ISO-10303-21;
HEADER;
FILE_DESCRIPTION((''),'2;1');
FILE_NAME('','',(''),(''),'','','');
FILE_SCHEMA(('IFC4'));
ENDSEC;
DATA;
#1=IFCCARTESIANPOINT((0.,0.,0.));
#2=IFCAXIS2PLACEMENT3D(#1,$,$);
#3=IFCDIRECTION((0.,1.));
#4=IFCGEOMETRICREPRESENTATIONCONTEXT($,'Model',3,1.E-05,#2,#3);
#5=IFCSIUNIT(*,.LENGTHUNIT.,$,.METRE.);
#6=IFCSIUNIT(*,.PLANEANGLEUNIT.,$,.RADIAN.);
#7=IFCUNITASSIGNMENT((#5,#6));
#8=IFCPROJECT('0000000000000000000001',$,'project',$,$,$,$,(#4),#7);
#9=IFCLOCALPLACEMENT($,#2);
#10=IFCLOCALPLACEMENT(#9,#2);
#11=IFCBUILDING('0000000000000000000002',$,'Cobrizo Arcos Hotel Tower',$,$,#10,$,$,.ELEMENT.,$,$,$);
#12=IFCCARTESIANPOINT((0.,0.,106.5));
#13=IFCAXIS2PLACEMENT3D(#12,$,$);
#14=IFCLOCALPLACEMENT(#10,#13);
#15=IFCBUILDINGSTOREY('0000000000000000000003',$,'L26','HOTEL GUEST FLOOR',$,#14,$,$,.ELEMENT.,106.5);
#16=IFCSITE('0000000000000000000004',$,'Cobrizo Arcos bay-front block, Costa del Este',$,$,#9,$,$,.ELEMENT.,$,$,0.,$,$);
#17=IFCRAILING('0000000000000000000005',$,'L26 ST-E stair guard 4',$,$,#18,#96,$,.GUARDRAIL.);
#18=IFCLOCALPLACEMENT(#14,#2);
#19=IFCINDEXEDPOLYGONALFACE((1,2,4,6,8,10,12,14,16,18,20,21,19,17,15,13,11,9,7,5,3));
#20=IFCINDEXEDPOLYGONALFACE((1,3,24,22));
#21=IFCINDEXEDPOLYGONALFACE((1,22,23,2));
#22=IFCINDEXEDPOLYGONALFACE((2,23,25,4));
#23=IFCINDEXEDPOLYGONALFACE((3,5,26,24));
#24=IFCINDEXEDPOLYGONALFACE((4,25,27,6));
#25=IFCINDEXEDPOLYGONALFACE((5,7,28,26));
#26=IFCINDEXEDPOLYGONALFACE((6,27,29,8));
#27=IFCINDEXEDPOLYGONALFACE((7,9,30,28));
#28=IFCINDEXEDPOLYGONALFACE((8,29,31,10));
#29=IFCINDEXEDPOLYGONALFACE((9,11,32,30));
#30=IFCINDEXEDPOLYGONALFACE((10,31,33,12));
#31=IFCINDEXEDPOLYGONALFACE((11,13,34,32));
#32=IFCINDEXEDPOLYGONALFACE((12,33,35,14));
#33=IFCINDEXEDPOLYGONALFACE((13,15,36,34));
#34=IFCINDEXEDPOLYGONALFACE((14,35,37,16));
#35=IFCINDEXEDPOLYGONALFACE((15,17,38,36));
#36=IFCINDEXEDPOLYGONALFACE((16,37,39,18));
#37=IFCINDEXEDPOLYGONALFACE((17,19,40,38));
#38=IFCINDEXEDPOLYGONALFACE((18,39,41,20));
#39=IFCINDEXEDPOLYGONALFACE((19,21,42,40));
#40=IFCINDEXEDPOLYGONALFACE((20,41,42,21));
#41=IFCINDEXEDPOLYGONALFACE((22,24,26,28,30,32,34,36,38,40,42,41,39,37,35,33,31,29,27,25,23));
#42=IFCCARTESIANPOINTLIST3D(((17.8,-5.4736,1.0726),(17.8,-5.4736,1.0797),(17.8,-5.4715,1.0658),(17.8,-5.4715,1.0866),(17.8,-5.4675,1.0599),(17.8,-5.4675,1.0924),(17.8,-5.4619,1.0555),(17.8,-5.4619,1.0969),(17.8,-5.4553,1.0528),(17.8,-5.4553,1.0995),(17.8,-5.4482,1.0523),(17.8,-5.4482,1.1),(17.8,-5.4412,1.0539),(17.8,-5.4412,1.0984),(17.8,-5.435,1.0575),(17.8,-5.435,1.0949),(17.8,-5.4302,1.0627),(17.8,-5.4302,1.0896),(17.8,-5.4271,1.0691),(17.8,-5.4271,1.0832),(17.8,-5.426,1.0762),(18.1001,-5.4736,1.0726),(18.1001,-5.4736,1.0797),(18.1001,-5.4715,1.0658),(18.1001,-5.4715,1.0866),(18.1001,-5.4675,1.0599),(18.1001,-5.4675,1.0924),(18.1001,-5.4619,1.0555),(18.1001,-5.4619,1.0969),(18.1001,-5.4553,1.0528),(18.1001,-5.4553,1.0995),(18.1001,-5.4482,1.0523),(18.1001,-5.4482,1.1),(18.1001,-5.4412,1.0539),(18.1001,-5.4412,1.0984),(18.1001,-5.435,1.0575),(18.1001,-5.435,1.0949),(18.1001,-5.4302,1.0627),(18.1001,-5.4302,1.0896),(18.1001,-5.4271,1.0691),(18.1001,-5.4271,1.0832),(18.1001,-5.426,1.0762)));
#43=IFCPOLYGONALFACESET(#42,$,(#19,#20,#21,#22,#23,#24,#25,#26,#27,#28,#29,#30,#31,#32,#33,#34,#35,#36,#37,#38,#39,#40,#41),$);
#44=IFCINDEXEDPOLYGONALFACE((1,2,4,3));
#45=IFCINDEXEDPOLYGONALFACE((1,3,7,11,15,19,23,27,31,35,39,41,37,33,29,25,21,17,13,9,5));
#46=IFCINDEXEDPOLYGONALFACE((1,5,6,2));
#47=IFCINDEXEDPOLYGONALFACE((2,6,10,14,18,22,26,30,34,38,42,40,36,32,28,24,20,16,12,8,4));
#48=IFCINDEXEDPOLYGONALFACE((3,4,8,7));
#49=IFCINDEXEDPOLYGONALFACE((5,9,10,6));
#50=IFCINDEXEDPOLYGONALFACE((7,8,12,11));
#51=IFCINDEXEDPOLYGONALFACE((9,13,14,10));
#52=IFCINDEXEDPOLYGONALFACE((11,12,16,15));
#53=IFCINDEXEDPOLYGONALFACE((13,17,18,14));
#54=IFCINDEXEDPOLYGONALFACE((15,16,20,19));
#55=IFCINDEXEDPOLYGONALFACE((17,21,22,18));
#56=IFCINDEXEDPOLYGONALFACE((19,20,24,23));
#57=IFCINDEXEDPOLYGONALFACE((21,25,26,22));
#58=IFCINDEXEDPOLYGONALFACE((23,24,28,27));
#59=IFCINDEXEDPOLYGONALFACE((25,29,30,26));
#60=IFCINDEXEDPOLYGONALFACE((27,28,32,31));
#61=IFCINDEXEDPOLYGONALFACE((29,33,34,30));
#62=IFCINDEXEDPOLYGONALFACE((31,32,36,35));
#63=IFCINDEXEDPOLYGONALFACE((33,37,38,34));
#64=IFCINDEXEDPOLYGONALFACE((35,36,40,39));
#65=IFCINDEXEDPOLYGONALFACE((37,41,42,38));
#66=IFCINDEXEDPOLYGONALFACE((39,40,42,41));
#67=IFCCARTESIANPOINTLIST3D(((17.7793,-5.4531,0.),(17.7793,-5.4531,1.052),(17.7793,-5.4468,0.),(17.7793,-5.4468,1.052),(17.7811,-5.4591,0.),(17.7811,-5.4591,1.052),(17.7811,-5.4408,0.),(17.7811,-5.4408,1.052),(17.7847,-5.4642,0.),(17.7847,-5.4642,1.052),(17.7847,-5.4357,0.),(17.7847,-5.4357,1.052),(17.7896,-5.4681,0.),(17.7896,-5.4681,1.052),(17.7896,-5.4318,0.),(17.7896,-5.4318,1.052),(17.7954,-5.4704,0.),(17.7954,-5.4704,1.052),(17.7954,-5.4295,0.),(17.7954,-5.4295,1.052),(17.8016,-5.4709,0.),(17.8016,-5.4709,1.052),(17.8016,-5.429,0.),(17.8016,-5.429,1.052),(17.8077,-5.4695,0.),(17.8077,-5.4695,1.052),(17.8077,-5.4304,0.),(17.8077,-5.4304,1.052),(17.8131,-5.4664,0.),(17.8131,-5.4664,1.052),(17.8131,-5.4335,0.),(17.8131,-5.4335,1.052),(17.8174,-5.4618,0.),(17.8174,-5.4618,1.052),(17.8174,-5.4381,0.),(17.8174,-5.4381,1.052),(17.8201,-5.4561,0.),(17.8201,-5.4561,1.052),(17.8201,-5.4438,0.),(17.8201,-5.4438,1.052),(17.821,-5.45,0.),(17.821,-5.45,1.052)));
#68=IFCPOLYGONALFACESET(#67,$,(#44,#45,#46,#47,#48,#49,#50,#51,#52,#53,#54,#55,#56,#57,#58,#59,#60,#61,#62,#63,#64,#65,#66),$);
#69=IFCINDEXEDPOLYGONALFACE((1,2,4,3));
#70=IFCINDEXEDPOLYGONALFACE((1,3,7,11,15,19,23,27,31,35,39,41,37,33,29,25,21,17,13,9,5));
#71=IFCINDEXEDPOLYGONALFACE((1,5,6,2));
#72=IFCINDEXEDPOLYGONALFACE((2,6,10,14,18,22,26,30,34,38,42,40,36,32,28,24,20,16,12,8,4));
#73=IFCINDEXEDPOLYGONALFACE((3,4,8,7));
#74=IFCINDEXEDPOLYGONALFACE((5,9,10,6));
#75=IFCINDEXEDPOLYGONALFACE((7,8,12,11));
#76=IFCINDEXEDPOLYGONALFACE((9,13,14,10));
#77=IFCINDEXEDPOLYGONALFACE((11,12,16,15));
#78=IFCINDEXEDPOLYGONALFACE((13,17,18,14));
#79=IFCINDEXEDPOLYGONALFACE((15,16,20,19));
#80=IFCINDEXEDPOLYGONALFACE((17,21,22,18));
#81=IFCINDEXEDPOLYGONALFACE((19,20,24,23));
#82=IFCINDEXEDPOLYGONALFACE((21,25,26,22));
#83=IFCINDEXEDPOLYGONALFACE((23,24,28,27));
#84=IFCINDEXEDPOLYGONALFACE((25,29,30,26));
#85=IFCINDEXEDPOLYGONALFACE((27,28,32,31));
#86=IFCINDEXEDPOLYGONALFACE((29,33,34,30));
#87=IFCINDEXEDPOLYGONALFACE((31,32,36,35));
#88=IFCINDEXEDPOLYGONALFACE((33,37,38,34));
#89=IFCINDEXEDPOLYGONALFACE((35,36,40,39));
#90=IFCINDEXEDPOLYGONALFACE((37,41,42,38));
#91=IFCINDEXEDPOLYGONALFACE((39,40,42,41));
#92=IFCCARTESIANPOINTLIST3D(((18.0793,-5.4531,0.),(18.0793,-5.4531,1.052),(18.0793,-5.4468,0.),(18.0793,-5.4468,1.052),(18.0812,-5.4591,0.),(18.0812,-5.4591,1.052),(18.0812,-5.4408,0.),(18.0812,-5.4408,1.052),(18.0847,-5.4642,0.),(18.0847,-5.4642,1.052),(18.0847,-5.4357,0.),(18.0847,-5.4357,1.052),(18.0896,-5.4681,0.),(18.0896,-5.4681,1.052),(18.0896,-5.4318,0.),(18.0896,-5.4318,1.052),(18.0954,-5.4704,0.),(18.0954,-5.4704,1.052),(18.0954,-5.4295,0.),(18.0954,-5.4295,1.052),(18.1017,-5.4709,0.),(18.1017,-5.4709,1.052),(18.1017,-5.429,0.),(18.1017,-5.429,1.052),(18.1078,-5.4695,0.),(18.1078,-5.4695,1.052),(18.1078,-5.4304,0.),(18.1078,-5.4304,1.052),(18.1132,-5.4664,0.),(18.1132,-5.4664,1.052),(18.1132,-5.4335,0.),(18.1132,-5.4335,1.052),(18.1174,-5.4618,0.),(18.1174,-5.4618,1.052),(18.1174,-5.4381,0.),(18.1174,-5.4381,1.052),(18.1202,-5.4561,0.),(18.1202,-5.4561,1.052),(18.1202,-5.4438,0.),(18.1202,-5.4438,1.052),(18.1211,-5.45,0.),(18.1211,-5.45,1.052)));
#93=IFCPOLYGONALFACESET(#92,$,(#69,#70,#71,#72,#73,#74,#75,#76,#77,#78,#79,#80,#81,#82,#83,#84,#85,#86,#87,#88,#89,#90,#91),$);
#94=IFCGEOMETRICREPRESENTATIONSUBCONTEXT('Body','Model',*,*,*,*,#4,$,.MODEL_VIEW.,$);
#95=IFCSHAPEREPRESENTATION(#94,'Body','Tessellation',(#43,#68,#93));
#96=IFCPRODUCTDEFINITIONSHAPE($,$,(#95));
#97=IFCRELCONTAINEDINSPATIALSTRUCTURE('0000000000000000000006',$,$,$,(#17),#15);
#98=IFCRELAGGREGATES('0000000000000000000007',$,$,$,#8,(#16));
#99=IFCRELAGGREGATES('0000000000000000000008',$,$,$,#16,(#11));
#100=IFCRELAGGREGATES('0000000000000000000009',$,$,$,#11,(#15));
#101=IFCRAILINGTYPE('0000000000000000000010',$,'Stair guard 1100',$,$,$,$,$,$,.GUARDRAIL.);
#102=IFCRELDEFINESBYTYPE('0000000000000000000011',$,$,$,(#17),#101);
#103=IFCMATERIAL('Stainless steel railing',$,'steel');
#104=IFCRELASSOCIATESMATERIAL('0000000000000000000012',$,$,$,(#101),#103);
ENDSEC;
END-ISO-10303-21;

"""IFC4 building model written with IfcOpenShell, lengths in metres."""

from ifc_helpers import new_model, si_unit, direction, frame, origin, origin_2d, place, context, subcontext, project, spatial, circle, extrude, material, type_object, element, save


model = new_model("IFC4")

# Units and contexts
model_context = context("Model", 3, precision=1e-05, world=origin(), true_north=direction((0.0, 1.0)))
body_context = subcontext(model_context, "Body", "Model", "MODEL_VIEW")
ifc_project = project(units=[si_unit("LENGTHUNIT", "METRE"), si_unit("PLANEANGLEUNIT", "RADIAN")], contexts=[model_context])

# Site, building, storey
site_placement = place(None, origin())
site = spatial("IfcSite", under=ifc_project, at=site_placement, Name="Cobrizo Arcos bay-front block, Costa del Este", CompositionType="ELEMENT", RefElevation=0.0)
building_placement = place(site_placement, origin())
building = spatial("IfcBuilding", under=site, at=building_placement, Name="Cobrizo Arcos Hotel Tower", CompositionType="ELEMENT")
storey_placement = place(building_placement, frame((0.0, 0.0, 106.5)))
storey = spatial("IfcBuildingStorey", under=building, at=storey_placement, Name="L26", Description="HOTEL GUEST FLOOR", CompositionType="ELEMENT", Elevation=106.5)

# Railing
ifc_material_1 = material(Name="Stainless steel railing", Category="steel")
railing_type_1 = type_object("IfcRailingType", Name="Stair guard 1100", PredefinedType="GUARDRAIL", material=ifc_material_1)
railing_1_placement = place(storey_placement, frame((17.8, -5.45, 0.0)))
element("IfcRailing", 1, at=railing_1_placement, inside=storey, type_object=railing_type_1, Name="L26 ST-E stair guard 4", PredefinedType="GUARDRAIL", context=body_context, shape_type="SweptSolid", body=[
    extrude(circle(Radius=0.0239, at=origin_2d()), frame((0.0, 0.0, 1.0762), z_axis=(1.0, 0.0, 0.0), x_axis=(0.0, 1.0, 0.0)), (0.0, 0.0, 1.0), 0.3),
    extrude(circle(Radius=0.021, at=origin_2d()), origin(), (0.0, 0.0, 1.0), 1.052),
    extrude(circle(Radius=0.021, at=origin_2d()), frame((0.3, 0.0, 0.0)), (0.0, 0.0, 1.0), 1.052),
])

save(model, "model.ifc")
